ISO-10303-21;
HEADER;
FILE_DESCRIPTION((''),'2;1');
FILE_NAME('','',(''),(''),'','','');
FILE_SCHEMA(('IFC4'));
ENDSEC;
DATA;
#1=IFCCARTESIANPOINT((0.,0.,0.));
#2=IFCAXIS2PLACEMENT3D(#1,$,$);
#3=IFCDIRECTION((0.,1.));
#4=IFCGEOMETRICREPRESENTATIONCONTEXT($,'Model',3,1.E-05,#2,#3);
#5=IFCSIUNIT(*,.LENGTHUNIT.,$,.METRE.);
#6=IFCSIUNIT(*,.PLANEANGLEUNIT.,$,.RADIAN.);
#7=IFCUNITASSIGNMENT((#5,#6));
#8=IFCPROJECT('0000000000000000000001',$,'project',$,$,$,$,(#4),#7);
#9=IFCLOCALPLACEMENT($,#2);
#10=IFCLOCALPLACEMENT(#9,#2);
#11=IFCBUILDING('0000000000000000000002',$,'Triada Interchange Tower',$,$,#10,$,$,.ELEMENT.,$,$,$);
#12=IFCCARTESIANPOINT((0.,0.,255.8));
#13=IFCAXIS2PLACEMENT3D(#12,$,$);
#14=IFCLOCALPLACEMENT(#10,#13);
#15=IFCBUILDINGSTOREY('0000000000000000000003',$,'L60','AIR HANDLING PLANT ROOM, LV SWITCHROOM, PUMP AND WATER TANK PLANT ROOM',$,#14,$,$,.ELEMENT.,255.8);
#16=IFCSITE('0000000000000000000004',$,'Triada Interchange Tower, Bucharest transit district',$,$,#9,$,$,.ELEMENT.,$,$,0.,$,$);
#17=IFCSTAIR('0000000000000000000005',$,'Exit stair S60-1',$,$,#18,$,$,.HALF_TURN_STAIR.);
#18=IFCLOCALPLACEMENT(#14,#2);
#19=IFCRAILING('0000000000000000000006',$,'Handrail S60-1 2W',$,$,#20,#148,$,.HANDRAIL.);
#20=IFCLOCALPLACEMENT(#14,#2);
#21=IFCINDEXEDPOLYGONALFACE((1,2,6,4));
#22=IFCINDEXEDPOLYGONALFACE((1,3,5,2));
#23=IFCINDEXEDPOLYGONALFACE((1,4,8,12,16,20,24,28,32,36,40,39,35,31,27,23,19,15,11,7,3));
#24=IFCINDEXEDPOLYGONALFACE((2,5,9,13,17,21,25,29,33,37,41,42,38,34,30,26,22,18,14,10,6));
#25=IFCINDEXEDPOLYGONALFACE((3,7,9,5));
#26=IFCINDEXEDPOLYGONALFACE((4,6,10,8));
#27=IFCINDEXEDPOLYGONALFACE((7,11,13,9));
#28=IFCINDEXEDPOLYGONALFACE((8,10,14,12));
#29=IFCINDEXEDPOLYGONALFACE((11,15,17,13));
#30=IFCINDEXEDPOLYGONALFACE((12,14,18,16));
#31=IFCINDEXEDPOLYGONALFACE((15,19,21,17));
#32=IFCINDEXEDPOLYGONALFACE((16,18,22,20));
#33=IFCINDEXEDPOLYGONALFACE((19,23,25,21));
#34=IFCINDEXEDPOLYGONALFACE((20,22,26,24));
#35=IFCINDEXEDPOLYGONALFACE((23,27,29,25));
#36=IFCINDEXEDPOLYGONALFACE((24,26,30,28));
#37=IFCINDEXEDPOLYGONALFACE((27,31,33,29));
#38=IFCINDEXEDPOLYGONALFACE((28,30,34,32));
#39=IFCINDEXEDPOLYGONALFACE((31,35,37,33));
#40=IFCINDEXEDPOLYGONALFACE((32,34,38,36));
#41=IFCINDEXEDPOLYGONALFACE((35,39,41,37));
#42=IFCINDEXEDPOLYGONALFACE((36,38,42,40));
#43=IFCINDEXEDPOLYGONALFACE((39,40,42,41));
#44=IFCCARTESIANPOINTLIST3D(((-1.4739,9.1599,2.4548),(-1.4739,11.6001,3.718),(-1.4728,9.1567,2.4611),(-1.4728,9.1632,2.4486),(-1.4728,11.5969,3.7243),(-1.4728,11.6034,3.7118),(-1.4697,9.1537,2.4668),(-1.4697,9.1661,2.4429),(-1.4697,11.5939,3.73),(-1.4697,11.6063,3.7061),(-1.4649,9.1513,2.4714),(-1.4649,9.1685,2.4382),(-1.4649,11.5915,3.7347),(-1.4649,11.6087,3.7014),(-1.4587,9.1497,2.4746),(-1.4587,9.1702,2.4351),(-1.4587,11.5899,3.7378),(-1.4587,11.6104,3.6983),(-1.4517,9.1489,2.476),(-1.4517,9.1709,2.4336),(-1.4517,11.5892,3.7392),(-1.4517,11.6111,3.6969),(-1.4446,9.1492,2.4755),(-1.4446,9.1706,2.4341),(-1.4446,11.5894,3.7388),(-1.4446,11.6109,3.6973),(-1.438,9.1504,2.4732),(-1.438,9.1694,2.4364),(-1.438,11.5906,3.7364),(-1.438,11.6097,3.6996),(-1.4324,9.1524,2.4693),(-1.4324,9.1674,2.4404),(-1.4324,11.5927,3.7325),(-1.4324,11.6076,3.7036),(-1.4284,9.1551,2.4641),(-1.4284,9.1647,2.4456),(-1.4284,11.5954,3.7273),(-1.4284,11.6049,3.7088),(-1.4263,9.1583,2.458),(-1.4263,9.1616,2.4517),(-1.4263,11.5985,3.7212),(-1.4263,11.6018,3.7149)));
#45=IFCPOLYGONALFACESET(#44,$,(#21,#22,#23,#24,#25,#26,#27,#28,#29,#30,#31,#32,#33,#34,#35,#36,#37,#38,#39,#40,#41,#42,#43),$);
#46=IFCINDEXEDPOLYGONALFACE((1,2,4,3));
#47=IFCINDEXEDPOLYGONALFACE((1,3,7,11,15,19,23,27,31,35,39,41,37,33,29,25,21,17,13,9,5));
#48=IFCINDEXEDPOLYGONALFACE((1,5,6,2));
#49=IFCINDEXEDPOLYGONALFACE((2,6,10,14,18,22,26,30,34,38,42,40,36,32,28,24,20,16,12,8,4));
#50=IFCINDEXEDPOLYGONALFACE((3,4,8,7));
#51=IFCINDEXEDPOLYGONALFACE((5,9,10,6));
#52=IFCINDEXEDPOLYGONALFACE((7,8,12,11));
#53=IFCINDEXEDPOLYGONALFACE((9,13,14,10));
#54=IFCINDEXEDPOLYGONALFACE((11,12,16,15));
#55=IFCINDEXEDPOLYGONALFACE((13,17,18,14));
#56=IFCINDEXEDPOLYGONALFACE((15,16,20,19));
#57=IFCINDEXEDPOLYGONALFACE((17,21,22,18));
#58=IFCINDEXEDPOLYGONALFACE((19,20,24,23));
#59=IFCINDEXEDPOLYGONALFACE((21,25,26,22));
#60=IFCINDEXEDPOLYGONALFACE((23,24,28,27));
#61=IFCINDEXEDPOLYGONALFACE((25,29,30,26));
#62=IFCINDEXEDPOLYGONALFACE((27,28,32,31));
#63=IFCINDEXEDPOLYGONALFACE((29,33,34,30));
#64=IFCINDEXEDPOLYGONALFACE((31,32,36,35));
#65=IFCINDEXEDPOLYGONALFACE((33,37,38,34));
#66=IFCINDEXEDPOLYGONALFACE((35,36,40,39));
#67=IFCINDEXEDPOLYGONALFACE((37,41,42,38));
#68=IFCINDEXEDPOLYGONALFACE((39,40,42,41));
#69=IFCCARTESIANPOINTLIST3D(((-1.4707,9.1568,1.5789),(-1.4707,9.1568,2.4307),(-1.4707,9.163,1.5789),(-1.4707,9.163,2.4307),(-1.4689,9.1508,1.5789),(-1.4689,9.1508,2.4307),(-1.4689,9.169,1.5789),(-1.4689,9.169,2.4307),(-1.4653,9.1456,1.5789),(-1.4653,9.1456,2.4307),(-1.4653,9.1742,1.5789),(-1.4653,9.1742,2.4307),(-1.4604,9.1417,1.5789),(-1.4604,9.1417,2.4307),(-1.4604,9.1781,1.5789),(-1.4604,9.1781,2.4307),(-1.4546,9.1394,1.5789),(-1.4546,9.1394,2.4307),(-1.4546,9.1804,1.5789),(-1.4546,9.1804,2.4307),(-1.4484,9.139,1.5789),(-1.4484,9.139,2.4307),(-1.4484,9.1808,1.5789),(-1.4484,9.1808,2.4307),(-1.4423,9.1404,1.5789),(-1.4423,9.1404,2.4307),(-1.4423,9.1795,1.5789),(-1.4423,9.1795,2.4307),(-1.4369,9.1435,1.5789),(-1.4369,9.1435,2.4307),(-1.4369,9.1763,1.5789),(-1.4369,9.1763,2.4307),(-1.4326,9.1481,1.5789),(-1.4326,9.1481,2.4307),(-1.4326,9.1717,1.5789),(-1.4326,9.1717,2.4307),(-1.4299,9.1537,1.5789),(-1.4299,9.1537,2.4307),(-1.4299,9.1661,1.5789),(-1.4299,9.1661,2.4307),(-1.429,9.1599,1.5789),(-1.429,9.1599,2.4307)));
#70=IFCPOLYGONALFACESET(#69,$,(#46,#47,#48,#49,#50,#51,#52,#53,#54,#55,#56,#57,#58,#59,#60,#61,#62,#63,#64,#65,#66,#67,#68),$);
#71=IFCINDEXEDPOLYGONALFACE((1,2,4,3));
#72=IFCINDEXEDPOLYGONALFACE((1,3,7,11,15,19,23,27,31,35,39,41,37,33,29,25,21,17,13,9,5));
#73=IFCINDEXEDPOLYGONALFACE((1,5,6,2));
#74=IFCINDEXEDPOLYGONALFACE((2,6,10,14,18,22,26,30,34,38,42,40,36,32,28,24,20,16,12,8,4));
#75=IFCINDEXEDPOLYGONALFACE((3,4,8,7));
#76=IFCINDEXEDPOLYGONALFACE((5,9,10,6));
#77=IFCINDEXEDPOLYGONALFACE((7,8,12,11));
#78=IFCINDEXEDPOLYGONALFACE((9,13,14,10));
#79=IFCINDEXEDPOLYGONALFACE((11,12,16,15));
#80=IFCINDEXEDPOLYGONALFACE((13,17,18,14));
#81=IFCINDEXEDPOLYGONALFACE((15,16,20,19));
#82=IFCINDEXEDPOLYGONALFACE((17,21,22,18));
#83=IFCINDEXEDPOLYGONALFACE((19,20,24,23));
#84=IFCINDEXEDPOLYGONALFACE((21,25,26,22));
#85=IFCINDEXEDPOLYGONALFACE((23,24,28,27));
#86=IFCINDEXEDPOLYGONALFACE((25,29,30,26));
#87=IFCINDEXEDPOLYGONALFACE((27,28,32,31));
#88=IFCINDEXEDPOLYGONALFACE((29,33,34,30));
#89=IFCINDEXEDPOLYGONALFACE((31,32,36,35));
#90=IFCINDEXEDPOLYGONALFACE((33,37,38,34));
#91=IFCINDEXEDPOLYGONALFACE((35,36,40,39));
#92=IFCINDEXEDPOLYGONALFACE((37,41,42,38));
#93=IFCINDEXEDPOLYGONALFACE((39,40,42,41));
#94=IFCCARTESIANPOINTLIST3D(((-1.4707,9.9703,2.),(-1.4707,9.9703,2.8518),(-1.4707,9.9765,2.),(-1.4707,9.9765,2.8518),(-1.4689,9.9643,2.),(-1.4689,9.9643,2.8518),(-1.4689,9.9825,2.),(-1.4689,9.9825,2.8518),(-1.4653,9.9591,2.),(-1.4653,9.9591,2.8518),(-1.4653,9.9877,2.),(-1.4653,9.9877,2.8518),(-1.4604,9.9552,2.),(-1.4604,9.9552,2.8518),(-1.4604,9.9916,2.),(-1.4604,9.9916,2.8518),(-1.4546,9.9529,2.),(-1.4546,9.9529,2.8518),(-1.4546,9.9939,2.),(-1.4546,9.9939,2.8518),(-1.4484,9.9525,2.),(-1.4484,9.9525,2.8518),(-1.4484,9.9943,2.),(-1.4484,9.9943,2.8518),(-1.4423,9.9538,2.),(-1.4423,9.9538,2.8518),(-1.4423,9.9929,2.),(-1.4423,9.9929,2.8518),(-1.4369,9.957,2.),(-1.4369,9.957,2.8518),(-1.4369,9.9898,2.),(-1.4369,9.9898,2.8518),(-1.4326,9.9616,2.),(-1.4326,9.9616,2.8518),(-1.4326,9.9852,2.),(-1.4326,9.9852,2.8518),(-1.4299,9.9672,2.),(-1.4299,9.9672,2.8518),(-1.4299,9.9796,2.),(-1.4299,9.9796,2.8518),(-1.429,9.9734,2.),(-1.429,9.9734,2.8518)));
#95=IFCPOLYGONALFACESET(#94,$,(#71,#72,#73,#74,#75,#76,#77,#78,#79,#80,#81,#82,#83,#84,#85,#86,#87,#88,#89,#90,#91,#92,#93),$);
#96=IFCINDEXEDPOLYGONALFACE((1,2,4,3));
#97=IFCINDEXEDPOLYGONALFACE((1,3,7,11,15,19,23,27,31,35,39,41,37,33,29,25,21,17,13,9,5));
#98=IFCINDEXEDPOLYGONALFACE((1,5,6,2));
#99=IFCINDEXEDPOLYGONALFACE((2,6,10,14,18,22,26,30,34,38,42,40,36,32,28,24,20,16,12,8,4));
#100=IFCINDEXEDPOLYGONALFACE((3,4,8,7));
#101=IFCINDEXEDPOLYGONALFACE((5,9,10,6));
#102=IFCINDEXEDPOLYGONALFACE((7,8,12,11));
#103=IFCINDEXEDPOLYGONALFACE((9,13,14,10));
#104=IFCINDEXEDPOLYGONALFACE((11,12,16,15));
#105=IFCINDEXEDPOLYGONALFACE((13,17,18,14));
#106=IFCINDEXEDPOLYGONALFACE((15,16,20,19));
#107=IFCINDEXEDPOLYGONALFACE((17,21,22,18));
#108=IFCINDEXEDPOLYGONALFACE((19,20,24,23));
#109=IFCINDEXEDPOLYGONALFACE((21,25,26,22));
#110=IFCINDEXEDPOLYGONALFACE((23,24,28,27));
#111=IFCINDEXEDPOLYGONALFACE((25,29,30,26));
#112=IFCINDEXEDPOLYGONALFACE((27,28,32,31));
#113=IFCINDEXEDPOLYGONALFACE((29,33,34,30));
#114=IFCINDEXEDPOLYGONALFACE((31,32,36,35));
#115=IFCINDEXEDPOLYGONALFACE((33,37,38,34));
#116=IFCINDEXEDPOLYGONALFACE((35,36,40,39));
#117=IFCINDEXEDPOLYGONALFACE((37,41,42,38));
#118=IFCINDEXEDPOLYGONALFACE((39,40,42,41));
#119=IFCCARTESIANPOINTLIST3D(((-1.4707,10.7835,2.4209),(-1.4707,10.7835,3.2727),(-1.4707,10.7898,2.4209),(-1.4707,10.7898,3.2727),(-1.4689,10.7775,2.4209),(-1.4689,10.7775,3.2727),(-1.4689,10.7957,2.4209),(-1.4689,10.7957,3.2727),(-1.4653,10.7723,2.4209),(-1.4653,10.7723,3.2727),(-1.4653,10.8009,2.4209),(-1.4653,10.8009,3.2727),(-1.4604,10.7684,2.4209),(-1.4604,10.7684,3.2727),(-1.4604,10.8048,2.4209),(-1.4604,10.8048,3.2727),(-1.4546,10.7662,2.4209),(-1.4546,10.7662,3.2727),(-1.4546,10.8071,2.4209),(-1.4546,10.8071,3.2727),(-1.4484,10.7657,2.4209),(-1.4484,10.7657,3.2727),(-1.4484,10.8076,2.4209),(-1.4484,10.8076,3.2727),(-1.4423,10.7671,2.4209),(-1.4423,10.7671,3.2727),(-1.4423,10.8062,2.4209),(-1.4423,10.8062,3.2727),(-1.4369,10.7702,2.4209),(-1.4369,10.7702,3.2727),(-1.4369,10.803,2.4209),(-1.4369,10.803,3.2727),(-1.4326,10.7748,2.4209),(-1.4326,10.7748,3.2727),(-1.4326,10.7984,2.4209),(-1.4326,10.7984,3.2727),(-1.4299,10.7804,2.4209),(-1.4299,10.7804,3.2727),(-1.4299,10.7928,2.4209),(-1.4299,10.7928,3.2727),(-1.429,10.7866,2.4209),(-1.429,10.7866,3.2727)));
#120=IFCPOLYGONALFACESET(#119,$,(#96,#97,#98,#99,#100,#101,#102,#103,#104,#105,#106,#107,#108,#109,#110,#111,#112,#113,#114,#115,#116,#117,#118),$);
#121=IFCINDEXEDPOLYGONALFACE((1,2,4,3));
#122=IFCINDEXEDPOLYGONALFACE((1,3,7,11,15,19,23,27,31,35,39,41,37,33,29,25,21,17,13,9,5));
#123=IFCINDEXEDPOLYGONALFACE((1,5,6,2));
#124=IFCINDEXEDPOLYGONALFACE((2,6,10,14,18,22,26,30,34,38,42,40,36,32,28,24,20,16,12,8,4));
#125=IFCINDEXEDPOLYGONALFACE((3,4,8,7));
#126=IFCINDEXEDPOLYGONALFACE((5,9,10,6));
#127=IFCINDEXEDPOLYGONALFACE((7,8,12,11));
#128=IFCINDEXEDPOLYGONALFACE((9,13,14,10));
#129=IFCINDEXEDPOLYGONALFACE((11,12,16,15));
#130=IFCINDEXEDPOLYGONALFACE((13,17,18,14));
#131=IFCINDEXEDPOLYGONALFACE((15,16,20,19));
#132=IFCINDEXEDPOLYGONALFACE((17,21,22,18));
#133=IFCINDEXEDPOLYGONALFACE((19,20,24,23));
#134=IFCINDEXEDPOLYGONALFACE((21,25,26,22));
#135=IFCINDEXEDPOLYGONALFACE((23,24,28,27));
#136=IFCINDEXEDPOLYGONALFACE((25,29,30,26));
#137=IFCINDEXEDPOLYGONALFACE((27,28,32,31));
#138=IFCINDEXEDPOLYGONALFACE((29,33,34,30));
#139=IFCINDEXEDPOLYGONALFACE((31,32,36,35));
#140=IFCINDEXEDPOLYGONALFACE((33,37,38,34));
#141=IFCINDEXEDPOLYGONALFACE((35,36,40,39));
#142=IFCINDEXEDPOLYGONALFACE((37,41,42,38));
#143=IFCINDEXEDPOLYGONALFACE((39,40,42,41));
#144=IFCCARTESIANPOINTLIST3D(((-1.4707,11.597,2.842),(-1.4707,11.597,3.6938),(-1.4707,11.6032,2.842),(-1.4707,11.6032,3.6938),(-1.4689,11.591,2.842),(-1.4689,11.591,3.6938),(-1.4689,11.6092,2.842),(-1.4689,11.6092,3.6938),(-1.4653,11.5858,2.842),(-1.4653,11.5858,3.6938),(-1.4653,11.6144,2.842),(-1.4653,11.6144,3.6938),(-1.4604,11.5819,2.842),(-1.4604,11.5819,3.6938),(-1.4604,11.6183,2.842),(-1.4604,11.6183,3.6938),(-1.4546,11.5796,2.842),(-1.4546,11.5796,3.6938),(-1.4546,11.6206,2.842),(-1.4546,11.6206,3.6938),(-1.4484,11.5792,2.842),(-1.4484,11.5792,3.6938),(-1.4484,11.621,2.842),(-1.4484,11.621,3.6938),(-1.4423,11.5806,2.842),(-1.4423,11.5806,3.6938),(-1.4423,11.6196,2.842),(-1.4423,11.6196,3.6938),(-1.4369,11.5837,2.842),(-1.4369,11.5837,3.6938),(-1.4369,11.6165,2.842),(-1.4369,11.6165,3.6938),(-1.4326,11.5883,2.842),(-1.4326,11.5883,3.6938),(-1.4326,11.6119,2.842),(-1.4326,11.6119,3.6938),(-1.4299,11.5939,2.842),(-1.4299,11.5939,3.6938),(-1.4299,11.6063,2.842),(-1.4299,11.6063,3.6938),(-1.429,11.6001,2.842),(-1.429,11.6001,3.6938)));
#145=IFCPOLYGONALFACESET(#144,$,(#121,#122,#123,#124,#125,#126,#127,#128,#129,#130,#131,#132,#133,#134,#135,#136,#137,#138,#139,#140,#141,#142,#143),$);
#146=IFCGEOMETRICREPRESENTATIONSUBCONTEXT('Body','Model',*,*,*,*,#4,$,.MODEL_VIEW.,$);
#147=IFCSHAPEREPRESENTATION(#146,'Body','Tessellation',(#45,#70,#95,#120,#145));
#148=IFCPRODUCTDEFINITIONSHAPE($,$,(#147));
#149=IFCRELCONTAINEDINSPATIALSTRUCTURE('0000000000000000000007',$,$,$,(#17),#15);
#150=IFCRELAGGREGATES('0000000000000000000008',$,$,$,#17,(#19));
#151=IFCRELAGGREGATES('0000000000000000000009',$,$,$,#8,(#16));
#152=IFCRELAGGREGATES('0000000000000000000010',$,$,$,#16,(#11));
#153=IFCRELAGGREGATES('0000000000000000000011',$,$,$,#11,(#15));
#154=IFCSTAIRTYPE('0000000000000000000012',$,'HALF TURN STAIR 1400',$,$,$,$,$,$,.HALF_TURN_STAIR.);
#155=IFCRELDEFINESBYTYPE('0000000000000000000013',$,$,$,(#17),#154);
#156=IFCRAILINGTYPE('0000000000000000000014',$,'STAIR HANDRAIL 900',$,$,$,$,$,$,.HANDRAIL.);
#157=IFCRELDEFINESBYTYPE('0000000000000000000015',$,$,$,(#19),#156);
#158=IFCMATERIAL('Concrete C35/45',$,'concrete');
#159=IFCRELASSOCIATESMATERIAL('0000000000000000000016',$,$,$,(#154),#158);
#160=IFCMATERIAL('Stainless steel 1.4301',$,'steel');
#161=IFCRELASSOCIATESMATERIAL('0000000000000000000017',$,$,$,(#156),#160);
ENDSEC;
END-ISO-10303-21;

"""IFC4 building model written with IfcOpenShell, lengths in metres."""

from ifc_helpers import new_model, si_unit, direction, frame, origin, origin_2d, place, context, subcontext, project, spatial, circle, extrude, material, type_object, element, aggregate, save


model = new_model("IFC4")

# Units and contexts
model_context = context("Model", 3, precision=1e-05, world=origin(), true_north=direction((0.0, 1.0)))
body_context = subcontext(model_context, "Body", "Model", "MODEL_VIEW")
ifc_project = project(units=[si_unit("LENGTHUNIT", "METRE"), si_unit("PLANEANGLEUNIT", "RADIAN")], contexts=[model_context])

# Site, building, storey
site_placement = place(None, origin())
site = spatial("IfcSite", under=ifc_project, at=site_placement, Name="Triada Interchange Tower, Bucharest transit district", CompositionType="ELEMENT", RefElevation=0.0)
building_placement = place(site_placement, origin())
building = spatial("IfcBuilding", under=site, at=building_placement, Name="Triada Interchange Tower", CompositionType="ELEMENT")
storey_placement = place(building_placement, frame((0.0, 0.0, 255.8)))
storey = spatial("IfcBuildingStorey", under=building, at=storey_placement, Name="L60", Description="AIR HANDLING PLANT ROOM, LV SWITCHROOM, PUMP AND WATER TANK PLANT ROOM", CompositionType="ELEMENT", Elevation=255.8)

# Stair, railing
ifc_material_1 = material(Name="Concrete C35/45", Category="concrete")
stair_type = type_object("IfcStairType", Name="HALF TURN STAIR 1400", PredefinedType="HALF_TURN_STAIR", material=ifc_material_1)
stair_placement = place(storey_placement, origin())
stair = element("IfcStair", 1, at=stair_placement, inside=storey, type_object=stair_type, Name="Exit stair S60-1", PredefinedType="HALF_TURN_STAIR")
ifc_material_2 = material(Name="Stainless steel 1.4301", Category="steel")
railing_type = type_object("IfcRailingType", Name="STAIR HANDRAIL 900", PredefinedType="HANDRAIL", material=ifc_material_2)
railing_1_placement = place(storey_placement, frame((-1.45, 9.1599, 1.5789)))
railing_1 = element("IfcRailing", 2, at=railing_1_placement, type_object=railing_type, Name="Handrail S60-1 2W", PredefinedType="HANDRAIL", context=body_context, shape_type="SweptSolid", body=[
    extrude(circle(Radius=0.0239, at=origin_2d()), frame((0.0, 0.0, 0.876), z_axis=(0.0, 0.888066, 0.459715), x_axis=(-1.0, 0.0, 0.0)), (0.0, 0.0, 1.0), 2.7478),
    extrude(circle(Radius=0.021, at=origin_2d()), origin(), (0.0, 0.0, 1.0), 0.8518),
    extrude(circle(Radius=0.021, at=origin_2d()), frame((0.0, 0.8135, 0.4211)), (0.0, 0.0, 1.0), 0.8518),
    extrude(circle(Radius=0.021, at=origin_2d()), frame((0.0, 1.6267, 0.842)), (0.0, 0.0, 1.0), 0.8518),
    extrude(circle(Radius=0.021, at=origin_2d()), frame((0.0, 2.4402, 1.2632)), (0.0, 0.0, 1.0), 0.8518),
])
aggregate(stair, [railing_1])

save(model, "model.ifc")
